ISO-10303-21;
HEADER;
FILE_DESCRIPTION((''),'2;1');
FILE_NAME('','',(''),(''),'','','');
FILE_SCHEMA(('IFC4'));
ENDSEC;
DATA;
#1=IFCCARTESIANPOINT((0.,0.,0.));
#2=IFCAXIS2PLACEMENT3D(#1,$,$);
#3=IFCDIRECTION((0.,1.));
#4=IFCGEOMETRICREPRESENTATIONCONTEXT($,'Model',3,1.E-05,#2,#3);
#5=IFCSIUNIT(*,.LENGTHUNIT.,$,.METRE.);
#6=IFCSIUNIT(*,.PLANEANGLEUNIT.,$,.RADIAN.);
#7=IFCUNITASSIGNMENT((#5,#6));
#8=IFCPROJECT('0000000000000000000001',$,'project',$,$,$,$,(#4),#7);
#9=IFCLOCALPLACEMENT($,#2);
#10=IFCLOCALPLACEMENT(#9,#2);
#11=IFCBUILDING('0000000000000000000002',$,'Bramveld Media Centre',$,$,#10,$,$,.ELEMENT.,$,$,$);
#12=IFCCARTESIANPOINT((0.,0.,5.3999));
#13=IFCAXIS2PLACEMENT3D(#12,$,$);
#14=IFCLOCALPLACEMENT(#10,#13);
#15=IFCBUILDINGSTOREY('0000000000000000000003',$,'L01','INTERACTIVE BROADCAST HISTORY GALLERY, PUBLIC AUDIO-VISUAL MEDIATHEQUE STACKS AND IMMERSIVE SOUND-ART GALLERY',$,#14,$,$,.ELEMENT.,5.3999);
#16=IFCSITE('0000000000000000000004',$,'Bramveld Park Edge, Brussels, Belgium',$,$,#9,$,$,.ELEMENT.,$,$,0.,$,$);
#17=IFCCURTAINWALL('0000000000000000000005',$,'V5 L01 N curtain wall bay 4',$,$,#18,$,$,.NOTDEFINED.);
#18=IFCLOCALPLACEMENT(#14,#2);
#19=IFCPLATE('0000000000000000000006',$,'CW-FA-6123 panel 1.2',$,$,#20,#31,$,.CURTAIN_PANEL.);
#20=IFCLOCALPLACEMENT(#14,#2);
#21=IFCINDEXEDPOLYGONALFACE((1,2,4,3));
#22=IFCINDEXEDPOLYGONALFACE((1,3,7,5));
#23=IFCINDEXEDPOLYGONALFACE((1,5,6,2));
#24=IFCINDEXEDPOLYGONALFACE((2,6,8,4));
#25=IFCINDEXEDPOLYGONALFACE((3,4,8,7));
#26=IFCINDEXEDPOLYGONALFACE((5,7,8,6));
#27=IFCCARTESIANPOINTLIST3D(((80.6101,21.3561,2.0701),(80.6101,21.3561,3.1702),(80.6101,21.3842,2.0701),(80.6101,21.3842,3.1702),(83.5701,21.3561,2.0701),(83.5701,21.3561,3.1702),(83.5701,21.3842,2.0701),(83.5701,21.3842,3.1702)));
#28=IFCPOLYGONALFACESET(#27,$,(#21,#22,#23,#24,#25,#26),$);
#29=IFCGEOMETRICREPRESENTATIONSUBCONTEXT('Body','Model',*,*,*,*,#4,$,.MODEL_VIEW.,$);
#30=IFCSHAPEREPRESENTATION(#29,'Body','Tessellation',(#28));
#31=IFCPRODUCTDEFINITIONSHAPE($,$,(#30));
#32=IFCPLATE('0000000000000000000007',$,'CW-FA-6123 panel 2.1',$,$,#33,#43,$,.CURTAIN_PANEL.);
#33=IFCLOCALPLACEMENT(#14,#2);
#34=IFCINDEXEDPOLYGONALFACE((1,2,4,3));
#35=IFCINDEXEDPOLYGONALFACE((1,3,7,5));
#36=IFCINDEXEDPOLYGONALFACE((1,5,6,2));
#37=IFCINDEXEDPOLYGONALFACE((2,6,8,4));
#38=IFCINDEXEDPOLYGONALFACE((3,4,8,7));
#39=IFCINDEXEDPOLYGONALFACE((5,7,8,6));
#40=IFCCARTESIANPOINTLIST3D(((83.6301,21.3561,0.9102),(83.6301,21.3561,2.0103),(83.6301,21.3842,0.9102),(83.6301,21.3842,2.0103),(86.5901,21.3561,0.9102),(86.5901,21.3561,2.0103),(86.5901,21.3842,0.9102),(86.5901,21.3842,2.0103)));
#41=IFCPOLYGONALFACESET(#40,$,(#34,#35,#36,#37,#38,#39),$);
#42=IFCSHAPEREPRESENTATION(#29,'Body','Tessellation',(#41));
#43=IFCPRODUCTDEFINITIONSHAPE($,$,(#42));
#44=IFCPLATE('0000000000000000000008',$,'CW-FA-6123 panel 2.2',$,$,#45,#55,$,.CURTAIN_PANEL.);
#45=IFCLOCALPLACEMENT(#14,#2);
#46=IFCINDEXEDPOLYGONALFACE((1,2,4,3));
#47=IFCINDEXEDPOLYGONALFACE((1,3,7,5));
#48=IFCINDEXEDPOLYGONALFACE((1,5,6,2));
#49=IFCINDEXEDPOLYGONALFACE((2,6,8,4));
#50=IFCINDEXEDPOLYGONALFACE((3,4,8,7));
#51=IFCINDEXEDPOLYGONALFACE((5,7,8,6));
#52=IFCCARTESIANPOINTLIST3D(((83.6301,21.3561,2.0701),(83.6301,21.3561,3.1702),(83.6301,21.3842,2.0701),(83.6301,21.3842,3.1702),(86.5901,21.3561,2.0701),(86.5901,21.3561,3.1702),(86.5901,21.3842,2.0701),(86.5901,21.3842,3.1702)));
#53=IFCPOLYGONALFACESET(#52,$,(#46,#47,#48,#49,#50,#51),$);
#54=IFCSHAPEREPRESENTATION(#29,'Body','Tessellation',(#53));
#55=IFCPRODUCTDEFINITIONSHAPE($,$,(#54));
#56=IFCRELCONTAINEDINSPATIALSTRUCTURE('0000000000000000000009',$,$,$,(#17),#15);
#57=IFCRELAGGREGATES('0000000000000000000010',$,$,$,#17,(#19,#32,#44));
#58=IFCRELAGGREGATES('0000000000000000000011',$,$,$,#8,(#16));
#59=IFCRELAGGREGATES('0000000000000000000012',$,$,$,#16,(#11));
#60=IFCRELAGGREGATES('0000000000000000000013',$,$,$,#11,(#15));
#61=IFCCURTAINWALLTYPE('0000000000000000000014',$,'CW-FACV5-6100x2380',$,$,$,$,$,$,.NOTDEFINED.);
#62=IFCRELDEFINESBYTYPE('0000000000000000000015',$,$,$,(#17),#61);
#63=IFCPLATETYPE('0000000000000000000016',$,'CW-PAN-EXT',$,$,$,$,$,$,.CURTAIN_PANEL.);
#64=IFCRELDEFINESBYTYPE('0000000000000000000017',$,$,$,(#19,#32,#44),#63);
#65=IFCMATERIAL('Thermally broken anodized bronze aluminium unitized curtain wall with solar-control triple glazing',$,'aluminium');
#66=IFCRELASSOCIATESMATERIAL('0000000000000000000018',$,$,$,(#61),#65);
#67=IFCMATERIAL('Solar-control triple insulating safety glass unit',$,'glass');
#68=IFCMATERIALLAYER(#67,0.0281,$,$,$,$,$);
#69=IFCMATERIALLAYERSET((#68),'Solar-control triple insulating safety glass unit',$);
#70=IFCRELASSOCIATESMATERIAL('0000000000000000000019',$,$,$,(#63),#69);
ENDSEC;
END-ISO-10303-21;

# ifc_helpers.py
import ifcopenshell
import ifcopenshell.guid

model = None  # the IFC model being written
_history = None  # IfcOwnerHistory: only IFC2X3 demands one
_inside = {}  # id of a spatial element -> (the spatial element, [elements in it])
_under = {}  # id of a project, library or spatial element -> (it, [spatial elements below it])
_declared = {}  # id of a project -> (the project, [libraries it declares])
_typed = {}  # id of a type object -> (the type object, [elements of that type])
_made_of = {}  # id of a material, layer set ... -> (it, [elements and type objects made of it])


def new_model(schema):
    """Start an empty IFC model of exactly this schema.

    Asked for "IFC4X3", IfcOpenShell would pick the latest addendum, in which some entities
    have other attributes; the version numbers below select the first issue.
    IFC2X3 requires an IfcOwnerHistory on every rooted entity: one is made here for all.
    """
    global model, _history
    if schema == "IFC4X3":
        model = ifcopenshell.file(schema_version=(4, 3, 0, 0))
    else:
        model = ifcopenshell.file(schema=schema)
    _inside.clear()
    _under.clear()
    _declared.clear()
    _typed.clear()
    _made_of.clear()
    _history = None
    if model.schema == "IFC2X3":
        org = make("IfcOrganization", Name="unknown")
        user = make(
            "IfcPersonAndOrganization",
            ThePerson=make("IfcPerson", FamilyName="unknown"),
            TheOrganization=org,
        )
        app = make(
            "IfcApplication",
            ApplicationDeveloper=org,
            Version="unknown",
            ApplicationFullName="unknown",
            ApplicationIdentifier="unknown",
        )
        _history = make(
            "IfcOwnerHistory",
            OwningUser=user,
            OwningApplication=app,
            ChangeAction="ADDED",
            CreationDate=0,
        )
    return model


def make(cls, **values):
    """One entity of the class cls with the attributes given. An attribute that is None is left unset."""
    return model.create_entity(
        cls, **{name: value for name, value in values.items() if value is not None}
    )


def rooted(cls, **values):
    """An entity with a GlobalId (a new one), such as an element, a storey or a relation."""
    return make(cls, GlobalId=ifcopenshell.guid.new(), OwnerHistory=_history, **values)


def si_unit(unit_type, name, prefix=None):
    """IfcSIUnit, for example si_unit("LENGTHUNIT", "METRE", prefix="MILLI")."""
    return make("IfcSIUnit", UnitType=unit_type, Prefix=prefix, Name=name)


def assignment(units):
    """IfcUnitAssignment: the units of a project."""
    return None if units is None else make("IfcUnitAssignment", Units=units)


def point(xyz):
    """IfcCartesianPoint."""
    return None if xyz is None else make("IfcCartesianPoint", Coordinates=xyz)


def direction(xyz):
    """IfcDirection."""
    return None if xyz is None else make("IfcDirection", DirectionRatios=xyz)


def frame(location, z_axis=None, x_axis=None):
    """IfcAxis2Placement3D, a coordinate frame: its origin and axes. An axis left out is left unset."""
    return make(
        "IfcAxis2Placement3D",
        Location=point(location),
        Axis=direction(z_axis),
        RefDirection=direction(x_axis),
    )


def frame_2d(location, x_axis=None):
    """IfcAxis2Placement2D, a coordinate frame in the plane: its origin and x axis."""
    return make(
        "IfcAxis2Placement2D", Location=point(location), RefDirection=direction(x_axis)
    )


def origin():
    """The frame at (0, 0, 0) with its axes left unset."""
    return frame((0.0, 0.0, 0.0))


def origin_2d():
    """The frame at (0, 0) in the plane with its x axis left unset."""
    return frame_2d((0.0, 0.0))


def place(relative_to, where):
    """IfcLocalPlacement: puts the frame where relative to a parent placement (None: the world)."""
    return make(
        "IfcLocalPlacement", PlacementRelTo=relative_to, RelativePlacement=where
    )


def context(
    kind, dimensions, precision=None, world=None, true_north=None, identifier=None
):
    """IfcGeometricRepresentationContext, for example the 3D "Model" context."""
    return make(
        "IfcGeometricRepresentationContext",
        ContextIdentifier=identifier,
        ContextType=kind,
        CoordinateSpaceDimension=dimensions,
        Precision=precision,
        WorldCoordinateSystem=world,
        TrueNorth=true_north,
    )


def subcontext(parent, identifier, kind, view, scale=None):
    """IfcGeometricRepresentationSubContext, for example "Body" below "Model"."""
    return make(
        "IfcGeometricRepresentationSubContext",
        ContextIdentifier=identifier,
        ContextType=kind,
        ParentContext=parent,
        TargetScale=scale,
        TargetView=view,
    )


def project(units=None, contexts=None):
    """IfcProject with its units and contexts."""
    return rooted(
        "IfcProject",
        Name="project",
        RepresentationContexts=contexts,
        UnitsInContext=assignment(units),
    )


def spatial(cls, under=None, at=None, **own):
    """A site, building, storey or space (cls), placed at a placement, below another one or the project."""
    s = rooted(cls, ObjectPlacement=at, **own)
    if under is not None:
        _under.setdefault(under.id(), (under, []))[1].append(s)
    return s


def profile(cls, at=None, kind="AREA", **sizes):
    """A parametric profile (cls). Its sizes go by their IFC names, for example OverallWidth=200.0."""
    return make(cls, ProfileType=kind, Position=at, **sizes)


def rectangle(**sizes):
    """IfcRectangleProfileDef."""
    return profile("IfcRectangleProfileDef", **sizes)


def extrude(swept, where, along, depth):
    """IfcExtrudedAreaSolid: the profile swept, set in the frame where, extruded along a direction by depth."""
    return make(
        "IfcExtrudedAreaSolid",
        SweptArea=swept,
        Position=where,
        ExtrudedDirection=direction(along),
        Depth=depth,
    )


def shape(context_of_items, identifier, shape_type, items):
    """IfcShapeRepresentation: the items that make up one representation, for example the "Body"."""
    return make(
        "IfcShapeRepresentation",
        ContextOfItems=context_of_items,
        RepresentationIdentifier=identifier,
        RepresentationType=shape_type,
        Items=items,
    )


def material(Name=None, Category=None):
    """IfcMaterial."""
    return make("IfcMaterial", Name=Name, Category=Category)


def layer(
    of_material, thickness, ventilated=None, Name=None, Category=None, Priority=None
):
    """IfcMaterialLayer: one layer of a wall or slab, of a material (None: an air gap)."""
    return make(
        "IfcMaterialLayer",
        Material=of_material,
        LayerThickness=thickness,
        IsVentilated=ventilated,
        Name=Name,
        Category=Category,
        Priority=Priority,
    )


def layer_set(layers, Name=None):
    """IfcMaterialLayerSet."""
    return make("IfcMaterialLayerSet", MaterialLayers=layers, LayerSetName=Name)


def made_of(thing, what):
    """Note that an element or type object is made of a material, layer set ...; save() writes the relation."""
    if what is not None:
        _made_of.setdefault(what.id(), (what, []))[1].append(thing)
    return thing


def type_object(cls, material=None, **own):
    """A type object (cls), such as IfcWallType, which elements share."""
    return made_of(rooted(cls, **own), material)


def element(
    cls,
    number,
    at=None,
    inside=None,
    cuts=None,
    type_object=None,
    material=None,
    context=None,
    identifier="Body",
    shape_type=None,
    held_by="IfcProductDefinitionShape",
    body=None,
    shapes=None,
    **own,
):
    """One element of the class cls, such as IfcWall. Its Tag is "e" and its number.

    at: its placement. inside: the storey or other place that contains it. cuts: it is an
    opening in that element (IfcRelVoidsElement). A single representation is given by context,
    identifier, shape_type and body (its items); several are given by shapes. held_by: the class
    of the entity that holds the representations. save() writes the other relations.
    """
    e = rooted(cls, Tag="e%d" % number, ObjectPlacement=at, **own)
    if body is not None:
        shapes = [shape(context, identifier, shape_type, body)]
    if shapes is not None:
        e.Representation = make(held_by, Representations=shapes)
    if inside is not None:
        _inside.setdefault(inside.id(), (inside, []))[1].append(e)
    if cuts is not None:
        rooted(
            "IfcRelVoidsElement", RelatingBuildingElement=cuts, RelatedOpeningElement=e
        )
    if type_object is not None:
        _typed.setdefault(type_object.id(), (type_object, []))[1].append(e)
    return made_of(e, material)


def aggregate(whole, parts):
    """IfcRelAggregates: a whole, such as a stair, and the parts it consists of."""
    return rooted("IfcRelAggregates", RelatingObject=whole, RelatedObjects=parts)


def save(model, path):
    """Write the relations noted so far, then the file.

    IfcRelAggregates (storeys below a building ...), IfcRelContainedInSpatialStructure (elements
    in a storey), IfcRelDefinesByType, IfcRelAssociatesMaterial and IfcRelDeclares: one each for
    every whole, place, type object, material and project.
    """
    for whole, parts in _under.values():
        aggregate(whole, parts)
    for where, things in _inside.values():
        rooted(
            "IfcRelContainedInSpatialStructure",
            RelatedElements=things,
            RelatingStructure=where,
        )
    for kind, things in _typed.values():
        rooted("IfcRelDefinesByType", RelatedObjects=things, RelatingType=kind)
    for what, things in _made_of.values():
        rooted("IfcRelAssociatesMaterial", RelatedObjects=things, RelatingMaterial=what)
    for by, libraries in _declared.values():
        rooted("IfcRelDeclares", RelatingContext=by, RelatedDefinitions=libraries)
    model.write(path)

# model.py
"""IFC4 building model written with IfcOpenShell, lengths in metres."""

from ifc_helpers import new_model, si_unit, direction, frame, origin, origin_2d, place, context, subcontext, project, spatial, rectangle, extrude, material, layer, layer_set, type_object, element, aggregate, save


model = new_model("IFC4")

# Units and contexts
model_context = context("Model", 3, precision=1e-05, world=origin(), true_north=direction((0.0, 1.0)))
body_context = subcontext(model_context, "Body", "Model", "MODEL_VIEW")
ifc_project = project(units=[si_unit("LENGTHUNIT", "METRE"), si_unit("PLANEANGLEUNIT", "RADIAN")], contexts=[model_context])

# Site, building, storey
site_placement = place(None, origin())
site = spatial("IfcSite", under=ifc_project, at=site_placement, Name="Bramveld Park Edge, Brussels, Belgium", CompositionType="ELEMENT", RefElevation=0.0)
building_placement = place(site_placement, origin())
building = spatial("IfcBuilding", under=site, at=building_placement, Name="Bramveld Media Centre", CompositionType="ELEMENT")
storey_placement = place(building_placement, frame((0.0, 0.0, 5.3999)))
storey = spatial("IfcBuildingStorey", under=building, at=storey_placement, Name="L01", Description="INTERACTIVE BROADCAST HISTORY GALLERY, PUBLIC AUDIO-VISUAL MEDIATHEQUE STACKS AND IMMERSIVE SOUND-ART GALLERY", CompositionType="ELEMENT", Elevation=5.3999)

# Curtain wall
ifc_material_1 = material(Name="Thermally broken anodized bronze aluminium unitized curtain wall with solar-control triple glazing", Category="aluminium")
curtain_wall_type = type_object("IfcCurtainWallType", Name="CW-FACV5-6100x2380", PredefinedType="NOTDEFINED", material=ifc_material_1)
curtain_wall_1_placement = place(storey_placement, origin())
curtain_wall_1 = element("IfcCurtainWall", 1, at=curtain_wall_1_placement, inside=storey, type_object=curtain_wall_type, Name="V5 L01 N curtain wall bay 4", PredefinedType="NOTDEFINED")

# Plates
ifc_material_2 = material(Name="Solar-control triple insulating safety glass unit", Category="glass")
ifc_layer = layer(ifc_material_2, 0.0281)
ifc_layer_set = layer_set([ifc_layer], Name="Solar-control triple insulating safety glass unit")
plate_type = type_object("IfcPlateType", Name="CW-PAN-EXT", PredefinedType="CURTAIN_PANEL", material=ifc_layer_set)
plate_1_placement = place(storey_placement, frame((82.0901, 21.3701, 2.0701), z_axis=(0.0, 0.0, 1.0), x_axis=(1.0, 0.0, 0.0)))
plate_1 = element("IfcPlate", 2, at=plate_1_placement, type_object=plate_type, Name="CW-FA-6123 panel 1.2", PredefinedType="CURTAIN_PANEL", context=body_context, shape_type="SweptSolid", body=[
    extrude(rectangle(XDim=2.96, YDim=0.0281, at=origin_2d()), origin(), (0.0, 0.0, 1.0), 1.1001),
])
plate_2_placement = place(storey_placement, frame((85.1101, 21.3701, 0.9102), z_axis=(0.0, 0.0, 1.0), x_axis=(1.0, 0.0, 0.0)))
plate_2 = element("IfcPlate", 3, at=plate_2_placement, type_object=plate_type, Name="CW-FA-6123 panel 2.1", PredefinedType="CURTAIN_PANEL", context=body_context, shape_type="SweptSolid", body=[
    extrude(rectangle(XDim=2.96, YDim=0.0281, at=origin_2d()), origin(), (0.0, 0.0, 1.0), 1.1001),
])
plate_3_placement = place(storey_placement, frame((85.1101, 21.3701, 2.0701), z_axis=(0.0, 0.0, 1.0), x_axis=(1.0, 0.0, 0.0)))
plate_3 = element("IfcPlate", 4, at=plate_3_placement, type_object=plate_type, Name="CW-FA-6123 panel 2.2", PredefinedType="CURTAIN_PANEL", context=body_context, shape_type="SweptSolid", body=[
    extrude(rectangle(XDim=2.96, YDim=0.0281, at=origin_2d()), origin(), (0.0, 0.0, 1.0), 1.1001),
])
aggregate(curtain_wall_1, [plate_1, plate_2, plate_3])

save(model, "model.ifc")
